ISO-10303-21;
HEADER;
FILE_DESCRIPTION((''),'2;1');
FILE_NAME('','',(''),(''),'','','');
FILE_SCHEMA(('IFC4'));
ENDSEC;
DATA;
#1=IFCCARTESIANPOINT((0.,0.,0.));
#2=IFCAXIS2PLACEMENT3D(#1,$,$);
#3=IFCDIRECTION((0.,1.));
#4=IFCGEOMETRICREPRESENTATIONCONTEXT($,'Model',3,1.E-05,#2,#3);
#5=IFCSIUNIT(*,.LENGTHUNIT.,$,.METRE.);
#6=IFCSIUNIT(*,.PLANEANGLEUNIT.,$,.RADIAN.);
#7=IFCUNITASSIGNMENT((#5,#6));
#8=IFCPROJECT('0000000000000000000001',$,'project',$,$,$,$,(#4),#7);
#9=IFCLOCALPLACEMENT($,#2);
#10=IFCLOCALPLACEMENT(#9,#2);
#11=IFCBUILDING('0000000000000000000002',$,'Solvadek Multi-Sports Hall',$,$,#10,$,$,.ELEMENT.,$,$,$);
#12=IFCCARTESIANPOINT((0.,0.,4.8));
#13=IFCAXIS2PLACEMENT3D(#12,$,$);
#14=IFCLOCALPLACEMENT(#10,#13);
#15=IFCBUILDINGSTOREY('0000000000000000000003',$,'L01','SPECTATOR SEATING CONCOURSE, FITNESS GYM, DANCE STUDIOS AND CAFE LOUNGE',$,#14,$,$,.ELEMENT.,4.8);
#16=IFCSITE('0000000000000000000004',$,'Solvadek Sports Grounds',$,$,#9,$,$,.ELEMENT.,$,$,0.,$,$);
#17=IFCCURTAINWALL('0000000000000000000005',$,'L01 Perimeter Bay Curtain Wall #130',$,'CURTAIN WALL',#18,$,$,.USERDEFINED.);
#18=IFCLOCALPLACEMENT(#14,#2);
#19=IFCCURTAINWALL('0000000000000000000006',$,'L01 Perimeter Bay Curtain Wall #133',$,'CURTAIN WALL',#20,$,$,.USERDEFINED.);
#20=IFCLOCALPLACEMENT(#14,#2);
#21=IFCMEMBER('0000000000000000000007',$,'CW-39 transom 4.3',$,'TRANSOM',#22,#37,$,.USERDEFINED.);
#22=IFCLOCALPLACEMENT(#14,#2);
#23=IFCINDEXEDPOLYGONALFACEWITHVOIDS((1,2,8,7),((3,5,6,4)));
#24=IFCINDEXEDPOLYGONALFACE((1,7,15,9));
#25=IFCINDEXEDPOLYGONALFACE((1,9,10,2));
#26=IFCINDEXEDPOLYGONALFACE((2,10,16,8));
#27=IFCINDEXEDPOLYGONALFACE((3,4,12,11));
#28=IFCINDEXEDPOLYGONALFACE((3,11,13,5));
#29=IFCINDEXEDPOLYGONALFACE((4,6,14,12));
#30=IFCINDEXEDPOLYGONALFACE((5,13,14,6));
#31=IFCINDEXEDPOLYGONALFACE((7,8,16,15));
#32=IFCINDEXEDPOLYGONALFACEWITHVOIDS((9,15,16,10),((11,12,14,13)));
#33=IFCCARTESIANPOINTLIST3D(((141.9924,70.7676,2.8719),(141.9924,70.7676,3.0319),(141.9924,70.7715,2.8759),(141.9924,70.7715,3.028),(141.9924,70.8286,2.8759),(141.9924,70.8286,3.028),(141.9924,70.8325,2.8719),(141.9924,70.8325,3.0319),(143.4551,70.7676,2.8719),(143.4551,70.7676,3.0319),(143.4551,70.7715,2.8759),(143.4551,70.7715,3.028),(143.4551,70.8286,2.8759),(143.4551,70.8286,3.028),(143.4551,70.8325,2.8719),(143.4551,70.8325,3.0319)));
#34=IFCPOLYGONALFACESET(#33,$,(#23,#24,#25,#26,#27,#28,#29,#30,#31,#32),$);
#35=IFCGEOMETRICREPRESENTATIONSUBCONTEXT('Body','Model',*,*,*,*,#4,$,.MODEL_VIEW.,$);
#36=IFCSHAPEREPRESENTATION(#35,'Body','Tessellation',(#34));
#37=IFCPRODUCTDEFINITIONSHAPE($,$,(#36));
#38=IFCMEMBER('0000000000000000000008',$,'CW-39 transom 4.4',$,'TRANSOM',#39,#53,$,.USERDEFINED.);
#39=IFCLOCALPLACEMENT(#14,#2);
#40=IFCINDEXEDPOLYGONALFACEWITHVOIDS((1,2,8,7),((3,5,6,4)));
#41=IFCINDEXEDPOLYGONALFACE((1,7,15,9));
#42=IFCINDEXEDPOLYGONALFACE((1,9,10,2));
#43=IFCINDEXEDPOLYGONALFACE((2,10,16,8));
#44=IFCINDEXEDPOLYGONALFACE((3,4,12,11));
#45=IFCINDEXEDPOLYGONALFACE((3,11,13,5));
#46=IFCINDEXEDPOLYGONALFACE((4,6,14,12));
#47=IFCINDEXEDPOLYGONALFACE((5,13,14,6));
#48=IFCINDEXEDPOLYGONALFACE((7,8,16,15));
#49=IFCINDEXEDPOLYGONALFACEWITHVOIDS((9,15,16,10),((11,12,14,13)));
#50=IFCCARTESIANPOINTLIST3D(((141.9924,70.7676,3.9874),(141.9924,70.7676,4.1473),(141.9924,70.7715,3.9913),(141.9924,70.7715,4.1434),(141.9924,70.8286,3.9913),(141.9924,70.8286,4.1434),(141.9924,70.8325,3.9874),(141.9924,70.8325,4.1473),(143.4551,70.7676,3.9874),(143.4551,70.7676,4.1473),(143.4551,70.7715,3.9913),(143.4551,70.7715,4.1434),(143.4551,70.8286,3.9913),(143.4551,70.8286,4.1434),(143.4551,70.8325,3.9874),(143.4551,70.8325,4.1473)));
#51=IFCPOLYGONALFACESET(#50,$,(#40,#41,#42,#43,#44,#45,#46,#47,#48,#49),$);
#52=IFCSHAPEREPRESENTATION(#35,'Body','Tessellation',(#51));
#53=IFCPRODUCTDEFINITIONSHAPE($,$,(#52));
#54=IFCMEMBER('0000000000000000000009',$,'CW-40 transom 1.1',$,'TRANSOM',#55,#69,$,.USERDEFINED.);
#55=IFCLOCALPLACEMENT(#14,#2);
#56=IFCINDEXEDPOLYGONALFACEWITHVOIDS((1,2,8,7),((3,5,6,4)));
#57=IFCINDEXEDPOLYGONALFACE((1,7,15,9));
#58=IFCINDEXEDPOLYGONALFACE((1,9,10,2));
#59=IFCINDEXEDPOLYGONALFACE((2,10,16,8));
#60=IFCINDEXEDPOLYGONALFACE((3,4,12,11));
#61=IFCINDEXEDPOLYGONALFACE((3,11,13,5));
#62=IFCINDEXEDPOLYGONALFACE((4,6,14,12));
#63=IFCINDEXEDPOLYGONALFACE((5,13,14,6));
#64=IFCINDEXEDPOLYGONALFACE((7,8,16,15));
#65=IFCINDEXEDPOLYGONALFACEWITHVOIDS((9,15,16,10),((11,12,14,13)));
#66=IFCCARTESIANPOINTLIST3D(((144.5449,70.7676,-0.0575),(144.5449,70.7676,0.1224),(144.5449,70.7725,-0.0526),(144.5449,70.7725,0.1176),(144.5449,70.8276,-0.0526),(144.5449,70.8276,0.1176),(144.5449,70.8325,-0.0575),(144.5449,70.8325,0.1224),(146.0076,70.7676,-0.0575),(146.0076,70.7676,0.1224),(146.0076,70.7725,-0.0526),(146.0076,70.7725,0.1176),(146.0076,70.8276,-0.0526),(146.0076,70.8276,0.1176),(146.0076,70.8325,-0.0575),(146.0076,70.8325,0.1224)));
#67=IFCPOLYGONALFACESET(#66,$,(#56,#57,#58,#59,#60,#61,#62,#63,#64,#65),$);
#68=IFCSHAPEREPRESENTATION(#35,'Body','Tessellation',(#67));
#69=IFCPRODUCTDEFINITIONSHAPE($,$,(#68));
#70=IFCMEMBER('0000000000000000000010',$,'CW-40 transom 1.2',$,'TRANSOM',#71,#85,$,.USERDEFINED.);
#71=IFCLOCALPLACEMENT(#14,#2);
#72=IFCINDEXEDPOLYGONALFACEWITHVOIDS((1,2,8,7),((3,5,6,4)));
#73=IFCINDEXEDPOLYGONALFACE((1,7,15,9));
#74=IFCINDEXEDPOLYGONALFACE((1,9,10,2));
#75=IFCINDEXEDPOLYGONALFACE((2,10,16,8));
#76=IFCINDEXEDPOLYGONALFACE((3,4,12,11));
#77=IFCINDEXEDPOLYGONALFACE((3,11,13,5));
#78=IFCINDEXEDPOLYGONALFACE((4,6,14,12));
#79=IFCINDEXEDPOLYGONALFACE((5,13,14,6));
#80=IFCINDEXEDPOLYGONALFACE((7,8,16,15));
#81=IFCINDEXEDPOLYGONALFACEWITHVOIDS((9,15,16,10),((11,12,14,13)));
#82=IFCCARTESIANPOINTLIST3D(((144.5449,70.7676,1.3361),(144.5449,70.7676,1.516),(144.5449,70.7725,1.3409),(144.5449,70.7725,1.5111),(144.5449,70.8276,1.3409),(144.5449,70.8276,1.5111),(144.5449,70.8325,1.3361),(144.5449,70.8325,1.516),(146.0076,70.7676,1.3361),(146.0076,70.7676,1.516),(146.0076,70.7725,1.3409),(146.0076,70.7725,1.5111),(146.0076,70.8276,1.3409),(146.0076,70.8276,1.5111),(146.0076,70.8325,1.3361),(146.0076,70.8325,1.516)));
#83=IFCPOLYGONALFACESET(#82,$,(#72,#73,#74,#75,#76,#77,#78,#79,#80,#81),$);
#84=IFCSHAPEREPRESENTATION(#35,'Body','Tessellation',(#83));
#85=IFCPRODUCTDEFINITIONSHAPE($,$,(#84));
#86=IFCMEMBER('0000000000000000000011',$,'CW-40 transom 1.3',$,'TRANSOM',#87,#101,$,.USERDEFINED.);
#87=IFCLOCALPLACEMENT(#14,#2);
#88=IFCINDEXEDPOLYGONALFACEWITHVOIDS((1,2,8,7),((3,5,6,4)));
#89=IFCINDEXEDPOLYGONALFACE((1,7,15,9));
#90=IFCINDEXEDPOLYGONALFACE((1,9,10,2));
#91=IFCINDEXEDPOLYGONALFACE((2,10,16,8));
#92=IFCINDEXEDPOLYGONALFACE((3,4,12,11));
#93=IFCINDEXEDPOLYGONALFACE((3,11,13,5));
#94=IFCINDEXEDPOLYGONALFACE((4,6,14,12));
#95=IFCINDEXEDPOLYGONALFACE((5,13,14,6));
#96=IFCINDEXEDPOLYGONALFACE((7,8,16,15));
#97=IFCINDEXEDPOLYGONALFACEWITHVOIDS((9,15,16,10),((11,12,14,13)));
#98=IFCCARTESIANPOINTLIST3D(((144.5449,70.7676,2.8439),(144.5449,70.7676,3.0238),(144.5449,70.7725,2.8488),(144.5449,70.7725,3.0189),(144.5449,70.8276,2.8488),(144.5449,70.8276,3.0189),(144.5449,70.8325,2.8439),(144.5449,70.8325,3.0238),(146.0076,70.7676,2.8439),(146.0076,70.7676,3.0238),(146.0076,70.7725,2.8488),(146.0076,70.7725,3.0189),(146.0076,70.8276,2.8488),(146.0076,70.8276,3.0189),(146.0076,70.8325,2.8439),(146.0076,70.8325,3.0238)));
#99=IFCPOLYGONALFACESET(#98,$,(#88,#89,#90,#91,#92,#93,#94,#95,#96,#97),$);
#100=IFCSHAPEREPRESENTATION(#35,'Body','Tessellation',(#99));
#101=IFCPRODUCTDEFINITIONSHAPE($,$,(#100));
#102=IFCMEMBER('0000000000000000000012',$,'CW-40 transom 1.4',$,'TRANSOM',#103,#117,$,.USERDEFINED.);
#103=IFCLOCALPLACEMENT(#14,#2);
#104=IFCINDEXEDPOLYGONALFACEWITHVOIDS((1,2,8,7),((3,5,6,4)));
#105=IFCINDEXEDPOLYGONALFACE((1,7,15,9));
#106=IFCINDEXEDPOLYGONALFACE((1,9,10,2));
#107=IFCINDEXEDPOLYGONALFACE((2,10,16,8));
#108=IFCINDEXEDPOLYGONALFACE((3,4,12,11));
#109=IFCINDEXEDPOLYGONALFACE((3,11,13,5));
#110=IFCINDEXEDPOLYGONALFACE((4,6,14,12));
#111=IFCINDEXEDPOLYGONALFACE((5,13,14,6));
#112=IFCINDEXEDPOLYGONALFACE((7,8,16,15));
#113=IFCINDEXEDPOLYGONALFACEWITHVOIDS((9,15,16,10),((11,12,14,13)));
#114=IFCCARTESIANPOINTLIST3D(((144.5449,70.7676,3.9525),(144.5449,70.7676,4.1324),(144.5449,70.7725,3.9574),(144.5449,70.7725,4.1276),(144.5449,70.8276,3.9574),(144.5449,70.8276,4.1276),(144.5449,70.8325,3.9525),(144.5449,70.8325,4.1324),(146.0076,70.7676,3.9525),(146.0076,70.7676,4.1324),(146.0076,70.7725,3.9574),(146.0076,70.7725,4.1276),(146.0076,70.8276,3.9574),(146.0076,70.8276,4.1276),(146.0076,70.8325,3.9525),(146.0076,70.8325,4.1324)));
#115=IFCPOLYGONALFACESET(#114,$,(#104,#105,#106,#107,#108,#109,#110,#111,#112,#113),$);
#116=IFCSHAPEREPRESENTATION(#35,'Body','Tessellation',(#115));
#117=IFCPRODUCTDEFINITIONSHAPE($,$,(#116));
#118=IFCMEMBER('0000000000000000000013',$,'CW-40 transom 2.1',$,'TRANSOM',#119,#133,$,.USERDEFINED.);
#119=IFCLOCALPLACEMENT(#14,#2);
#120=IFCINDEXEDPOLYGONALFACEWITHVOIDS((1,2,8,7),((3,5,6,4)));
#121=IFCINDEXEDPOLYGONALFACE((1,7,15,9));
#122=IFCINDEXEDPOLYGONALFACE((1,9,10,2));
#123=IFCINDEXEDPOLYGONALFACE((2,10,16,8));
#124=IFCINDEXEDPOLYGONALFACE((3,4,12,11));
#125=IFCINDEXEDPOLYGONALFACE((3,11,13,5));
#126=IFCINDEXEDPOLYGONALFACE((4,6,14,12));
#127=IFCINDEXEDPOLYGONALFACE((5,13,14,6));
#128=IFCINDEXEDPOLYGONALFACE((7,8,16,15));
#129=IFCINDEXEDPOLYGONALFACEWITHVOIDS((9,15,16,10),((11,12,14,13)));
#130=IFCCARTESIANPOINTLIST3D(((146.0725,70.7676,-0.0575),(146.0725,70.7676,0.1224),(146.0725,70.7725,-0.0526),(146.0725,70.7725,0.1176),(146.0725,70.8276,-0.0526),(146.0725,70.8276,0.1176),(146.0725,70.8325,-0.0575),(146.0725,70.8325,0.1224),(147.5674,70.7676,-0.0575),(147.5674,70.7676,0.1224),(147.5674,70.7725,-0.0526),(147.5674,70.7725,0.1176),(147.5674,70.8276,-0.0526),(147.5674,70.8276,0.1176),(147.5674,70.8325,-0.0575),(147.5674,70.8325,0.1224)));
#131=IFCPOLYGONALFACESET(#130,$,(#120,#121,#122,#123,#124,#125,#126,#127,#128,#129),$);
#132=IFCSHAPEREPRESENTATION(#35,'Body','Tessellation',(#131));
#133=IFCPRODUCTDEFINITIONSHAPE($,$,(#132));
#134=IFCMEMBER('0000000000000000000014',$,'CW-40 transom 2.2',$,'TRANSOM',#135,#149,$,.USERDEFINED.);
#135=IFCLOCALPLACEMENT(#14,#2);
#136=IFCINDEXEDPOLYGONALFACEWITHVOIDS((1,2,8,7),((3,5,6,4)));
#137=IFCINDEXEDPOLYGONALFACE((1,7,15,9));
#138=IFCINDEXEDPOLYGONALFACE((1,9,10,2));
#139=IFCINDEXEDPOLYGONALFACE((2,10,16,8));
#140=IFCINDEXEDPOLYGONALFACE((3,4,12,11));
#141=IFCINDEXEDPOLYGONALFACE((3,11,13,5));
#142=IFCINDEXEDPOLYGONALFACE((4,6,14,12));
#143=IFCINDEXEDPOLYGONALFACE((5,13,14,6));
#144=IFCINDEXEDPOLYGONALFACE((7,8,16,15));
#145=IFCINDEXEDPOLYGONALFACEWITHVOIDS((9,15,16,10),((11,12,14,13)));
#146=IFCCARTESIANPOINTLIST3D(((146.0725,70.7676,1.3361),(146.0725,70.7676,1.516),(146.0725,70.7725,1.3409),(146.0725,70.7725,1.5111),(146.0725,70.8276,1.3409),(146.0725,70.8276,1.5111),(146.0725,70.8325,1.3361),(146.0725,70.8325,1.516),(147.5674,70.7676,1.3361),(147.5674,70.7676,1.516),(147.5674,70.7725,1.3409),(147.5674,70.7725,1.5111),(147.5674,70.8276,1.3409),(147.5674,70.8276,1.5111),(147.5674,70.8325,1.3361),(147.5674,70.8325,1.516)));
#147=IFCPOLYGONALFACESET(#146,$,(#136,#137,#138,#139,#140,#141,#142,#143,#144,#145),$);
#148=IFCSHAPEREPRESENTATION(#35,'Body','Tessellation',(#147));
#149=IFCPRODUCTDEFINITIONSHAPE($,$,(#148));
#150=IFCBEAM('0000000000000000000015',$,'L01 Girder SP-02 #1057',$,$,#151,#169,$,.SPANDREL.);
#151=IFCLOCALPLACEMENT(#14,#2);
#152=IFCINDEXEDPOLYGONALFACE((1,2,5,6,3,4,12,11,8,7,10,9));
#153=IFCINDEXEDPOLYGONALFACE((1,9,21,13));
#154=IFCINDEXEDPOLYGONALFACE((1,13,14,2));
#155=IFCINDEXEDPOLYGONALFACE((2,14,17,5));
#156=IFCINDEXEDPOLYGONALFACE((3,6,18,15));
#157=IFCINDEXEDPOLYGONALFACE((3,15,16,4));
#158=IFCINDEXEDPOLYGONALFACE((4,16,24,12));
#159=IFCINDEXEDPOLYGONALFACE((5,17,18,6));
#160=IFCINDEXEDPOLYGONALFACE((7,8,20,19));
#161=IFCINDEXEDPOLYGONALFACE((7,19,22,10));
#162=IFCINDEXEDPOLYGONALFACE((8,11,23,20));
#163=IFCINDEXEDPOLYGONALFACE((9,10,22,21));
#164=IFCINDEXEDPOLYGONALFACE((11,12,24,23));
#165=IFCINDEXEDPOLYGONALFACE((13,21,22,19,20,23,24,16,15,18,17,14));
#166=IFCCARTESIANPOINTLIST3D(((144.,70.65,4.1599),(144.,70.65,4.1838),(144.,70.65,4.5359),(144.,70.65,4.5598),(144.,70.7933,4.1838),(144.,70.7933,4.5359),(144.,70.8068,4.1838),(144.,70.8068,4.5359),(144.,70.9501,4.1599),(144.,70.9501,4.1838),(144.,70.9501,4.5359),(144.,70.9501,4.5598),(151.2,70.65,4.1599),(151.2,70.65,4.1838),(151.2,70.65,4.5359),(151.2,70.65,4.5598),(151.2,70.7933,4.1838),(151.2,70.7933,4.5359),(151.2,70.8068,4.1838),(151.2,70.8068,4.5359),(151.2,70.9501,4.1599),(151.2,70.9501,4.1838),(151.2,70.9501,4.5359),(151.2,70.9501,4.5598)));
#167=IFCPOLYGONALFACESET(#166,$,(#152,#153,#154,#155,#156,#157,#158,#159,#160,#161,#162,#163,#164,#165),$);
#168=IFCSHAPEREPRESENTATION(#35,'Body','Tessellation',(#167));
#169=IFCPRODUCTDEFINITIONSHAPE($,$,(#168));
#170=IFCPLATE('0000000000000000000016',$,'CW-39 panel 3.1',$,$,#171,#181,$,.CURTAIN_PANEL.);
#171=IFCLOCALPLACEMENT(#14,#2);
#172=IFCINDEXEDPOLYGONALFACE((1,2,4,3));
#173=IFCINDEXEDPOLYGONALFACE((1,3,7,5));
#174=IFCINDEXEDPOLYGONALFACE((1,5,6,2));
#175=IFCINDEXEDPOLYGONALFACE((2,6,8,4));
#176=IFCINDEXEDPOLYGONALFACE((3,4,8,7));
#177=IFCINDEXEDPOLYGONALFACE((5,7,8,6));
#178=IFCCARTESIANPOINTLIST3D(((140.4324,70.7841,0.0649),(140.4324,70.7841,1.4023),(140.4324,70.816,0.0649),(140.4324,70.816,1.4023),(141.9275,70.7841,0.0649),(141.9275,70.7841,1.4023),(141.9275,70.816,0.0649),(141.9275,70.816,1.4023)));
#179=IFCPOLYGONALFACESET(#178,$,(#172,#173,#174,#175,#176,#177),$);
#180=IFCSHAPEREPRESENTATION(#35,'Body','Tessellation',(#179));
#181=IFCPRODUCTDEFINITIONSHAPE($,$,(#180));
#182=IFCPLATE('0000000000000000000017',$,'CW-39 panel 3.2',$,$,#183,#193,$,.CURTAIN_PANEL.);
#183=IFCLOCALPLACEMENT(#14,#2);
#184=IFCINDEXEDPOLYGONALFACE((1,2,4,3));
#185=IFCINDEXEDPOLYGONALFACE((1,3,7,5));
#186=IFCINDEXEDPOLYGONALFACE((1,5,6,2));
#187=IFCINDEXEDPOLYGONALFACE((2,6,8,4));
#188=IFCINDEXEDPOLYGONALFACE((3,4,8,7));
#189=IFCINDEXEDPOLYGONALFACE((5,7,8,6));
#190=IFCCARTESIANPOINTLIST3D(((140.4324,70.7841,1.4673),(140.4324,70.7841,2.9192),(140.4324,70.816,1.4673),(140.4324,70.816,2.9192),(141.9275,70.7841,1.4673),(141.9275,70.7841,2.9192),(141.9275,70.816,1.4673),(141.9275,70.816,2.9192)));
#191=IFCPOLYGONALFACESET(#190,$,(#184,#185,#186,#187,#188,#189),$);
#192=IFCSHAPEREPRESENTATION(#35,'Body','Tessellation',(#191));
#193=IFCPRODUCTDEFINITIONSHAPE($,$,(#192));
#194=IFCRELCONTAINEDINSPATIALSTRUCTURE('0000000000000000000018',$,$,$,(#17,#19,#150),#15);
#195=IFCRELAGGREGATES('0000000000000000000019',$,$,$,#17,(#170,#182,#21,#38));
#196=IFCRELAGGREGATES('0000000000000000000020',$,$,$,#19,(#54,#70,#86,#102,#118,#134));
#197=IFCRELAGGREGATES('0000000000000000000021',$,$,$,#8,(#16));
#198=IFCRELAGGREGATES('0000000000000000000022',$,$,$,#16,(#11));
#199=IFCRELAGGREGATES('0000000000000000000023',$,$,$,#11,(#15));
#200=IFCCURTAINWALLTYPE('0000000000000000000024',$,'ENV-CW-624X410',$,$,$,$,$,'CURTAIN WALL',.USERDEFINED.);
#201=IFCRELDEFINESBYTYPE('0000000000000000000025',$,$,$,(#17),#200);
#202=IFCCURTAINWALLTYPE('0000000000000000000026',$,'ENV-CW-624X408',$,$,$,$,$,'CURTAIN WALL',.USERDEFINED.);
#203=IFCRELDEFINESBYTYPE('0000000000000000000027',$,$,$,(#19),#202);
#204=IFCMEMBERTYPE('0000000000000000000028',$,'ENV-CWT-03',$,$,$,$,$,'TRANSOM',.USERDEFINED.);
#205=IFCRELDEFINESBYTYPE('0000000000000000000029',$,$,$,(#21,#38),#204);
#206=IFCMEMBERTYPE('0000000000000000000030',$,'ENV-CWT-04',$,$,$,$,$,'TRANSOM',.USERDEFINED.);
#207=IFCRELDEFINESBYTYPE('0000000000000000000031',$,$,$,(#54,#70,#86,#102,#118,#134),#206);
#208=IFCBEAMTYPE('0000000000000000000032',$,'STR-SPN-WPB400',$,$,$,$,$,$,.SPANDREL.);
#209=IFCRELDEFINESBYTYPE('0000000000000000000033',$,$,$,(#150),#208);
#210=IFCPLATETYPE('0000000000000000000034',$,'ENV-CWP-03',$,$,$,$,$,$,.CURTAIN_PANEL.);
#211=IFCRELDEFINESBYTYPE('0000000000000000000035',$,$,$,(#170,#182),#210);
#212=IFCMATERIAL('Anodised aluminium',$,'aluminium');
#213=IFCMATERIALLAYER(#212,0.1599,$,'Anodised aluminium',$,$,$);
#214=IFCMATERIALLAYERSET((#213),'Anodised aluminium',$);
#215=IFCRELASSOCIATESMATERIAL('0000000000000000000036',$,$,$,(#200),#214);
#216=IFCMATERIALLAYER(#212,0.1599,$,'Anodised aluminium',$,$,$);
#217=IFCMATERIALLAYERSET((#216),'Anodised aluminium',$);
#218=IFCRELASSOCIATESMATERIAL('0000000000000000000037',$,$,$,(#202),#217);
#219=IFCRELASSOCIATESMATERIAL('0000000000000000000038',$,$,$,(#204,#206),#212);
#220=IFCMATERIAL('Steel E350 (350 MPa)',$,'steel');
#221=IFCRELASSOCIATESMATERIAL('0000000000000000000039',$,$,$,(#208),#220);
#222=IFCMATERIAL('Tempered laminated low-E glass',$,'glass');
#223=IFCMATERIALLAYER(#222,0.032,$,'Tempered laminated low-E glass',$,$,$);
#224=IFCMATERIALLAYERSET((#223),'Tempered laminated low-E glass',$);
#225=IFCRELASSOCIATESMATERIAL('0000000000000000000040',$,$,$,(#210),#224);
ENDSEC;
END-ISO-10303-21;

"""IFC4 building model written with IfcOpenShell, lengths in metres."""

from ifc_helpers import new_model, si_unit, direction, frame, origin, origin_2d, place, context, subcontext, project, spatial, rectangle, hollow_rectangle, i_section, extrude, material, layer, layer_set, material_profile, profile_set, type_object, element, aggregate, save


model = new_model("IFC4")

# Units and contexts
model_context = context("Model", 3, precision=1e-05, world=origin(), true_north=direction((0.0, 1.0)))
body_context = subcontext(model_context, "Body", "Model", "MODEL_VIEW")
ifc_project = project(units=[si_unit("LENGTHUNIT", "METRE"), si_unit("PLANEANGLEUNIT", "RADIAN")], contexts=[model_context])

# Site, building, storey
site_placement = place(None, origin())
site = spatial("IfcSite", under=ifc_project, at=site_placement, Name="Solvadek Sports Grounds", CompositionType="ELEMENT", RefElevation=0.0)
building_placement = place(site_placement, origin())
building = spatial("IfcBuilding", under=site, at=building_placement, Name="Solvadek Multi-Sports Hall", CompositionType="ELEMENT")
storey_placement = place(building_placement, frame((0.0, 0.0, 4.8)))
storey = spatial("IfcBuildingStorey", under=building, at=storey_placement, Name="L01", Description="SPECTATOR SEATING CONCOURSE, FITNESS GYM, DANCE STUDIOS AND CAFE LOUNGE", CompositionType="ELEMENT", Elevation=4.8)

# Shared definitions
ifc_material_1 = material(Name="Steel E350 (350 MPa)", Category="steel")

# Curtain walls
ifc_material_2 = material(Name="Anodised aluminium", Category="aluminium")
ifc_layer_1 = layer(ifc_material_2, 0.1599, Name="Anodised aluminium")
ifc_layer_set_1 = layer_set([ifc_layer_1], Name="Anodised aluminium")
curtain_wall_type_1 = type_object("IfcCurtainWallType", Name="ENV-CW-624X410", ElementType="CURTAIN WALL", PredefinedType="USERDEFINED", material=ifc_layer_set_1)
curtain_wall_1_placement = place(storey_placement, origin())
curtain_wall_1 = element("IfcCurtainWall", 1, at=curtain_wall_1_placement, inside=storey, type_object=curtain_wall_type_1, Name="L01 Perimeter Bay Curtain Wall #130", ObjectType="CURTAIN WALL", PredefinedType="USERDEFINED")
ifc_layer_2 = layer(ifc_material_2, 0.1599, Name="Anodised aluminium")
ifc_layer_set_2 = layer_set([ifc_layer_2], Name="Anodised aluminium")
curtain_wall_type_2 = type_object("IfcCurtainWallType", Name="ENV-CW-624X408", ElementType="CURTAIN WALL", PredefinedType="USERDEFINED", material=ifc_layer_set_2)
curtain_wall_2_placement = place(storey_placement, origin())
curtain_wall_2 = element("IfcCurtainWall", 2, at=curtain_wall_2_placement, inside=storey, type_object=curtain_wall_type_2, Name="L01 Perimeter Bay Curtain Wall #133", ObjectType="CURTAIN WALL", PredefinedType="USERDEFINED")

# Members
ifc_material_profile_1 = material_profile(ifc_material_2, hollow_rectangle(XDim=0.0649, YDim=0.1599, WallThickness=0.0039, at=origin_2d()), Name="ALU-T 160x65x4")
ifc_profile_set_1 = profile_set([ifc_material_profile_1], Name="Anodised aluminium")
member_type_1 = type_object("IfcMemberType", Name="ENV-CWT-03", ElementType="TRANSOM", PredefinedType="USERDEFINED", material=ifc_profile_set_1)
member_1_placement = place(storey_placement, frame((141.9924, 70.8, 2.9519), z_axis=(1.0, 0.0, 0.0), x_axis=(0.0, 1.0, 0.0)))
member_1 = element("IfcMember", 3, at=member_1_placement, type_object=member_type_1, Name="CW-39 transom 4.3", ObjectType="TRANSOM", PredefinedType="USERDEFINED", context=body_context, shape_type="SweptSolid", body=[
    extrude(hollow_rectangle(XDim=0.0649, YDim=0.1599, WallThickness=0.0039, at=origin_2d()), origin(), (0.0, 0.0, 1.0), 1.4626),
])
member_2_placement = place(storey_placement, frame((141.9924, 70.8, 4.0674), z_axis=(1.0, 0.0, 0.0), x_axis=(0.0, 1.0, 0.0)))
member_2 = element("IfcMember", 4, at=member_2_placement, type_object=member_type_1, Name="CW-39 transom 4.4", ObjectType="TRANSOM", PredefinedType="USERDEFINED", context=body_context, shape_type="SweptSolid", body=[
    extrude(hollow_rectangle(XDim=0.0649, YDim=0.1599, WallThickness=0.0039, at=origin_2d()), origin(), (0.0, 0.0, 1.0), 1.4626),
])
ifc_material_profile_2 = material_profile(ifc_material_2, hollow_rectangle(XDim=0.0649, YDim=0.1799, WallThickness=0.0049, at=origin_2d()), Name="ALU-T 180x65x5")
ifc_profile_set_2 = profile_set([ifc_material_profile_2], Name="Anodised aluminium")
member_type_2 = type_object("IfcMemberType", Name="ENV-CWT-04", ElementType="TRANSOM", PredefinedType="USERDEFINED", material=ifc_profile_set_2)
member_3_placement = place(storey_placement, frame((144.5449, 70.8, 0.0325), z_axis=(1.0, 0.0, 0.0), x_axis=(0.0, 1.0, 0.0)))
member_3 = element("IfcMember", 5, at=member_3_placement, type_object=member_type_2, Name="CW-40 transom 1.1", ObjectType="TRANSOM", PredefinedType="USERDEFINED", context=body_context, shape_type="SweptSolid", body=[
    extrude(hollow_rectangle(XDim=0.0649, YDim=0.1799, WallThickness=0.0049, at=origin_2d()), origin(), (0.0, 0.0, 1.0), 1.4626),
])
member_4_placement = place(storey_placement, frame((144.5449, 70.8, 1.426), z_axis=(1.0, 0.0, 0.0), x_axis=(0.0, 1.0, 0.0)))
member_4 = element("IfcMember", 6, at=member_4_placement, type_object=member_type_2, Name="CW-40 transom 1.2", ObjectType="TRANSOM", PredefinedType="USERDEFINED", context=body_context, shape_type="SweptSolid", body=[
    extrude(hollow_rectangle(XDim=0.0649, YDim=0.1799, WallThickness=0.0049, at=origin_2d()), origin(), (0.0, 0.0, 1.0), 1.4626),
])
member_5_placement = place(storey_placement, frame((144.5449, 70.8, 2.9338), z_axis=(1.0, 0.0, 0.0), x_axis=(0.0, 1.0, 0.0)))
member_5 = element("IfcMember", 7, at=member_5_placement, type_object=member_type_2, Name="CW-40 transom 1.3", ObjectType="TRANSOM", PredefinedType="USERDEFINED", context=body_context, shape_type="SweptSolid", body=[
    extrude(hollow_rectangle(XDim=0.0649, YDim=0.1799, WallThickness=0.0049, at=origin_2d()), origin(), (0.0, 0.0, 1.0), 1.4626),
])
member_6_placement = place(storey_placement, frame((144.5449, 70.8, 4.0425), z_axis=(1.0, 0.0, 0.0), x_axis=(0.0, 1.0, 0.0)))
member_6 = element("IfcMember", 8, at=member_6_placement, type_object=member_type_2, Name="CW-40 transom 1.4", ObjectType="TRANSOM", PredefinedType="USERDEFINED", context=body_context, shape_type="SweptSolid", body=[
    extrude(hollow_rectangle(XDim=0.0649, YDim=0.1799, WallThickness=0.0049, at=origin_2d()), origin(), (0.0, 0.0, 1.0), 1.4626),
])
member_7_placement = place(storey_placement, frame((146.0725, 70.8, 0.0325), z_axis=(1.0, 0.0, 0.0), x_axis=(0.0, 1.0, 0.0)))
member_7 = element("IfcMember", 9, at=member_7_placement, type_object=member_type_2, Name="CW-40 transom 2.1", ObjectType="TRANSOM", PredefinedType="USERDEFINED", context=body_context, shape_type="SweptSolid", body=[
    extrude(hollow_rectangle(XDim=0.0649, YDim=0.1799, WallThickness=0.0049, at=origin_2d()), origin(), (0.0, 0.0, 1.0), 1.4949),
])
member_8_placement = place(storey_placement, frame((146.0725, 70.8, 1.426), z_axis=(1.0, 0.0, 0.0), x_axis=(0.0, 1.0, 0.0)))
member_8 = element("IfcMember", 10, at=member_8_placement, type_object=member_type_2, Name="CW-40 transom 2.2", ObjectType="TRANSOM", PredefinedType="USERDEFINED", context=body_context, shape_type="SweptSolid", body=[
    extrude(hollow_rectangle(XDim=0.0649, YDim=0.1799, WallThickness=0.0049, at=origin_2d()), origin(), (0.0, 0.0, 1.0), 1.4949),
])

# Beam
ifc_material_profile_3 = material_profile(ifc_material_1, i_section(OverallWidth=0.3, OverallDepth=0.3999, WebThickness=0.0134, FlangeThickness=0.0239, at=origin_2d()), Name="WPB 400")
ifc_profile_set_3 = profile_set([ifc_material_profile_3], Name="Steel E350 (350 MPa)")
beam_type = type_object("IfcBeamType", Name="STR-SPN-WPB400", PredefinedType="SPANDREL", material=ifc_profile_set_3)
beam_placement = place(storey_placement, frame((144.0, 70.8, 4.3599), z_axis=(1.0, 0.0, 0.0), x_axis=(0.0, 1.0, 0.0)))
element("IfcBeam", 11, at=beam_placement, inside=storey, type_object=beam_type, Name="L01 Girder SP-02 #1057", PredefinedType="SPANDREL", context=body_context, shape_type="SweptSolid", body=[
    extrude(i_section(OverallWidth=0.3, OverallDepth=0.3999, WebThickness=0.0134, FlangeThickness=0.0239, at=origin_2d()), origin(), (0.0, 0.0, 1.0), 7.2),
])

# Plates
ifc_material_3 = material(Name="Tempered laminated low-E glass", Category="glass")
ifc_layer_3 = layer(ifc_material_3, 0.032, Name="Tempered laminated low-E glass")
ifc_layer_set_3 = layer_set([ifc_layer_3], Name="Tempered laminated low-E glass")
plate_type_1 = type_object("IfcPlateType", Name="ENV-CWP-03", PredefinedType="CURTAIN_PANEL", material=ifc_layer_set_3)
plate_1_placement = place(storey_placement, frame((141.1799, 70.8, 0.0649), z_axis=(0.0, 0.0, 1.0), x_axis=(1.0, 0.0, 0.0)))
plate_1 = element("IfcPlate", 12, at=plate_1_placement, type_object=plate_type_1, Name="CW-39 panel 3.1", PredefinedType="CURTAIN_PANEL", context=body_context, shape_type="SweptSolid", body=[
    extrude(rectangle(XDim=1.4951, YDim=0.032, at=origin_2d()), origin(), (0.0, 0.0, 1.0), 1.3374),
])
plate_2_placement = place(storey_placement, frame((141.1799, 70.8, 1.4673), z_axis=(0.0, 0.0, 1.0), x_axis=(1.0, 0.0, 0.0)))
plate_2 = element("IfcPlate", 13, at=plate_2_placement, type_object=plate_type_1, Name="CW-39 panel 3.2", PredefinedType="CURTAIN_PANEL", context=body_context, shape_type="SweptSolid", body=[
    extrude(rectangle(XDim=1.4951, YDim=0.032, at=origin_2d()), origin(), (0.0, 0.0, 1.0), 1.4519),
])
aggregate(curtain_wall_1, [plate_1, plate_2, member_1, member_2])
aggregate(curtain_wall_2, [member_3, member_4, member_5, member_6, member_7, member_8])

save(model, "model.ifc")
